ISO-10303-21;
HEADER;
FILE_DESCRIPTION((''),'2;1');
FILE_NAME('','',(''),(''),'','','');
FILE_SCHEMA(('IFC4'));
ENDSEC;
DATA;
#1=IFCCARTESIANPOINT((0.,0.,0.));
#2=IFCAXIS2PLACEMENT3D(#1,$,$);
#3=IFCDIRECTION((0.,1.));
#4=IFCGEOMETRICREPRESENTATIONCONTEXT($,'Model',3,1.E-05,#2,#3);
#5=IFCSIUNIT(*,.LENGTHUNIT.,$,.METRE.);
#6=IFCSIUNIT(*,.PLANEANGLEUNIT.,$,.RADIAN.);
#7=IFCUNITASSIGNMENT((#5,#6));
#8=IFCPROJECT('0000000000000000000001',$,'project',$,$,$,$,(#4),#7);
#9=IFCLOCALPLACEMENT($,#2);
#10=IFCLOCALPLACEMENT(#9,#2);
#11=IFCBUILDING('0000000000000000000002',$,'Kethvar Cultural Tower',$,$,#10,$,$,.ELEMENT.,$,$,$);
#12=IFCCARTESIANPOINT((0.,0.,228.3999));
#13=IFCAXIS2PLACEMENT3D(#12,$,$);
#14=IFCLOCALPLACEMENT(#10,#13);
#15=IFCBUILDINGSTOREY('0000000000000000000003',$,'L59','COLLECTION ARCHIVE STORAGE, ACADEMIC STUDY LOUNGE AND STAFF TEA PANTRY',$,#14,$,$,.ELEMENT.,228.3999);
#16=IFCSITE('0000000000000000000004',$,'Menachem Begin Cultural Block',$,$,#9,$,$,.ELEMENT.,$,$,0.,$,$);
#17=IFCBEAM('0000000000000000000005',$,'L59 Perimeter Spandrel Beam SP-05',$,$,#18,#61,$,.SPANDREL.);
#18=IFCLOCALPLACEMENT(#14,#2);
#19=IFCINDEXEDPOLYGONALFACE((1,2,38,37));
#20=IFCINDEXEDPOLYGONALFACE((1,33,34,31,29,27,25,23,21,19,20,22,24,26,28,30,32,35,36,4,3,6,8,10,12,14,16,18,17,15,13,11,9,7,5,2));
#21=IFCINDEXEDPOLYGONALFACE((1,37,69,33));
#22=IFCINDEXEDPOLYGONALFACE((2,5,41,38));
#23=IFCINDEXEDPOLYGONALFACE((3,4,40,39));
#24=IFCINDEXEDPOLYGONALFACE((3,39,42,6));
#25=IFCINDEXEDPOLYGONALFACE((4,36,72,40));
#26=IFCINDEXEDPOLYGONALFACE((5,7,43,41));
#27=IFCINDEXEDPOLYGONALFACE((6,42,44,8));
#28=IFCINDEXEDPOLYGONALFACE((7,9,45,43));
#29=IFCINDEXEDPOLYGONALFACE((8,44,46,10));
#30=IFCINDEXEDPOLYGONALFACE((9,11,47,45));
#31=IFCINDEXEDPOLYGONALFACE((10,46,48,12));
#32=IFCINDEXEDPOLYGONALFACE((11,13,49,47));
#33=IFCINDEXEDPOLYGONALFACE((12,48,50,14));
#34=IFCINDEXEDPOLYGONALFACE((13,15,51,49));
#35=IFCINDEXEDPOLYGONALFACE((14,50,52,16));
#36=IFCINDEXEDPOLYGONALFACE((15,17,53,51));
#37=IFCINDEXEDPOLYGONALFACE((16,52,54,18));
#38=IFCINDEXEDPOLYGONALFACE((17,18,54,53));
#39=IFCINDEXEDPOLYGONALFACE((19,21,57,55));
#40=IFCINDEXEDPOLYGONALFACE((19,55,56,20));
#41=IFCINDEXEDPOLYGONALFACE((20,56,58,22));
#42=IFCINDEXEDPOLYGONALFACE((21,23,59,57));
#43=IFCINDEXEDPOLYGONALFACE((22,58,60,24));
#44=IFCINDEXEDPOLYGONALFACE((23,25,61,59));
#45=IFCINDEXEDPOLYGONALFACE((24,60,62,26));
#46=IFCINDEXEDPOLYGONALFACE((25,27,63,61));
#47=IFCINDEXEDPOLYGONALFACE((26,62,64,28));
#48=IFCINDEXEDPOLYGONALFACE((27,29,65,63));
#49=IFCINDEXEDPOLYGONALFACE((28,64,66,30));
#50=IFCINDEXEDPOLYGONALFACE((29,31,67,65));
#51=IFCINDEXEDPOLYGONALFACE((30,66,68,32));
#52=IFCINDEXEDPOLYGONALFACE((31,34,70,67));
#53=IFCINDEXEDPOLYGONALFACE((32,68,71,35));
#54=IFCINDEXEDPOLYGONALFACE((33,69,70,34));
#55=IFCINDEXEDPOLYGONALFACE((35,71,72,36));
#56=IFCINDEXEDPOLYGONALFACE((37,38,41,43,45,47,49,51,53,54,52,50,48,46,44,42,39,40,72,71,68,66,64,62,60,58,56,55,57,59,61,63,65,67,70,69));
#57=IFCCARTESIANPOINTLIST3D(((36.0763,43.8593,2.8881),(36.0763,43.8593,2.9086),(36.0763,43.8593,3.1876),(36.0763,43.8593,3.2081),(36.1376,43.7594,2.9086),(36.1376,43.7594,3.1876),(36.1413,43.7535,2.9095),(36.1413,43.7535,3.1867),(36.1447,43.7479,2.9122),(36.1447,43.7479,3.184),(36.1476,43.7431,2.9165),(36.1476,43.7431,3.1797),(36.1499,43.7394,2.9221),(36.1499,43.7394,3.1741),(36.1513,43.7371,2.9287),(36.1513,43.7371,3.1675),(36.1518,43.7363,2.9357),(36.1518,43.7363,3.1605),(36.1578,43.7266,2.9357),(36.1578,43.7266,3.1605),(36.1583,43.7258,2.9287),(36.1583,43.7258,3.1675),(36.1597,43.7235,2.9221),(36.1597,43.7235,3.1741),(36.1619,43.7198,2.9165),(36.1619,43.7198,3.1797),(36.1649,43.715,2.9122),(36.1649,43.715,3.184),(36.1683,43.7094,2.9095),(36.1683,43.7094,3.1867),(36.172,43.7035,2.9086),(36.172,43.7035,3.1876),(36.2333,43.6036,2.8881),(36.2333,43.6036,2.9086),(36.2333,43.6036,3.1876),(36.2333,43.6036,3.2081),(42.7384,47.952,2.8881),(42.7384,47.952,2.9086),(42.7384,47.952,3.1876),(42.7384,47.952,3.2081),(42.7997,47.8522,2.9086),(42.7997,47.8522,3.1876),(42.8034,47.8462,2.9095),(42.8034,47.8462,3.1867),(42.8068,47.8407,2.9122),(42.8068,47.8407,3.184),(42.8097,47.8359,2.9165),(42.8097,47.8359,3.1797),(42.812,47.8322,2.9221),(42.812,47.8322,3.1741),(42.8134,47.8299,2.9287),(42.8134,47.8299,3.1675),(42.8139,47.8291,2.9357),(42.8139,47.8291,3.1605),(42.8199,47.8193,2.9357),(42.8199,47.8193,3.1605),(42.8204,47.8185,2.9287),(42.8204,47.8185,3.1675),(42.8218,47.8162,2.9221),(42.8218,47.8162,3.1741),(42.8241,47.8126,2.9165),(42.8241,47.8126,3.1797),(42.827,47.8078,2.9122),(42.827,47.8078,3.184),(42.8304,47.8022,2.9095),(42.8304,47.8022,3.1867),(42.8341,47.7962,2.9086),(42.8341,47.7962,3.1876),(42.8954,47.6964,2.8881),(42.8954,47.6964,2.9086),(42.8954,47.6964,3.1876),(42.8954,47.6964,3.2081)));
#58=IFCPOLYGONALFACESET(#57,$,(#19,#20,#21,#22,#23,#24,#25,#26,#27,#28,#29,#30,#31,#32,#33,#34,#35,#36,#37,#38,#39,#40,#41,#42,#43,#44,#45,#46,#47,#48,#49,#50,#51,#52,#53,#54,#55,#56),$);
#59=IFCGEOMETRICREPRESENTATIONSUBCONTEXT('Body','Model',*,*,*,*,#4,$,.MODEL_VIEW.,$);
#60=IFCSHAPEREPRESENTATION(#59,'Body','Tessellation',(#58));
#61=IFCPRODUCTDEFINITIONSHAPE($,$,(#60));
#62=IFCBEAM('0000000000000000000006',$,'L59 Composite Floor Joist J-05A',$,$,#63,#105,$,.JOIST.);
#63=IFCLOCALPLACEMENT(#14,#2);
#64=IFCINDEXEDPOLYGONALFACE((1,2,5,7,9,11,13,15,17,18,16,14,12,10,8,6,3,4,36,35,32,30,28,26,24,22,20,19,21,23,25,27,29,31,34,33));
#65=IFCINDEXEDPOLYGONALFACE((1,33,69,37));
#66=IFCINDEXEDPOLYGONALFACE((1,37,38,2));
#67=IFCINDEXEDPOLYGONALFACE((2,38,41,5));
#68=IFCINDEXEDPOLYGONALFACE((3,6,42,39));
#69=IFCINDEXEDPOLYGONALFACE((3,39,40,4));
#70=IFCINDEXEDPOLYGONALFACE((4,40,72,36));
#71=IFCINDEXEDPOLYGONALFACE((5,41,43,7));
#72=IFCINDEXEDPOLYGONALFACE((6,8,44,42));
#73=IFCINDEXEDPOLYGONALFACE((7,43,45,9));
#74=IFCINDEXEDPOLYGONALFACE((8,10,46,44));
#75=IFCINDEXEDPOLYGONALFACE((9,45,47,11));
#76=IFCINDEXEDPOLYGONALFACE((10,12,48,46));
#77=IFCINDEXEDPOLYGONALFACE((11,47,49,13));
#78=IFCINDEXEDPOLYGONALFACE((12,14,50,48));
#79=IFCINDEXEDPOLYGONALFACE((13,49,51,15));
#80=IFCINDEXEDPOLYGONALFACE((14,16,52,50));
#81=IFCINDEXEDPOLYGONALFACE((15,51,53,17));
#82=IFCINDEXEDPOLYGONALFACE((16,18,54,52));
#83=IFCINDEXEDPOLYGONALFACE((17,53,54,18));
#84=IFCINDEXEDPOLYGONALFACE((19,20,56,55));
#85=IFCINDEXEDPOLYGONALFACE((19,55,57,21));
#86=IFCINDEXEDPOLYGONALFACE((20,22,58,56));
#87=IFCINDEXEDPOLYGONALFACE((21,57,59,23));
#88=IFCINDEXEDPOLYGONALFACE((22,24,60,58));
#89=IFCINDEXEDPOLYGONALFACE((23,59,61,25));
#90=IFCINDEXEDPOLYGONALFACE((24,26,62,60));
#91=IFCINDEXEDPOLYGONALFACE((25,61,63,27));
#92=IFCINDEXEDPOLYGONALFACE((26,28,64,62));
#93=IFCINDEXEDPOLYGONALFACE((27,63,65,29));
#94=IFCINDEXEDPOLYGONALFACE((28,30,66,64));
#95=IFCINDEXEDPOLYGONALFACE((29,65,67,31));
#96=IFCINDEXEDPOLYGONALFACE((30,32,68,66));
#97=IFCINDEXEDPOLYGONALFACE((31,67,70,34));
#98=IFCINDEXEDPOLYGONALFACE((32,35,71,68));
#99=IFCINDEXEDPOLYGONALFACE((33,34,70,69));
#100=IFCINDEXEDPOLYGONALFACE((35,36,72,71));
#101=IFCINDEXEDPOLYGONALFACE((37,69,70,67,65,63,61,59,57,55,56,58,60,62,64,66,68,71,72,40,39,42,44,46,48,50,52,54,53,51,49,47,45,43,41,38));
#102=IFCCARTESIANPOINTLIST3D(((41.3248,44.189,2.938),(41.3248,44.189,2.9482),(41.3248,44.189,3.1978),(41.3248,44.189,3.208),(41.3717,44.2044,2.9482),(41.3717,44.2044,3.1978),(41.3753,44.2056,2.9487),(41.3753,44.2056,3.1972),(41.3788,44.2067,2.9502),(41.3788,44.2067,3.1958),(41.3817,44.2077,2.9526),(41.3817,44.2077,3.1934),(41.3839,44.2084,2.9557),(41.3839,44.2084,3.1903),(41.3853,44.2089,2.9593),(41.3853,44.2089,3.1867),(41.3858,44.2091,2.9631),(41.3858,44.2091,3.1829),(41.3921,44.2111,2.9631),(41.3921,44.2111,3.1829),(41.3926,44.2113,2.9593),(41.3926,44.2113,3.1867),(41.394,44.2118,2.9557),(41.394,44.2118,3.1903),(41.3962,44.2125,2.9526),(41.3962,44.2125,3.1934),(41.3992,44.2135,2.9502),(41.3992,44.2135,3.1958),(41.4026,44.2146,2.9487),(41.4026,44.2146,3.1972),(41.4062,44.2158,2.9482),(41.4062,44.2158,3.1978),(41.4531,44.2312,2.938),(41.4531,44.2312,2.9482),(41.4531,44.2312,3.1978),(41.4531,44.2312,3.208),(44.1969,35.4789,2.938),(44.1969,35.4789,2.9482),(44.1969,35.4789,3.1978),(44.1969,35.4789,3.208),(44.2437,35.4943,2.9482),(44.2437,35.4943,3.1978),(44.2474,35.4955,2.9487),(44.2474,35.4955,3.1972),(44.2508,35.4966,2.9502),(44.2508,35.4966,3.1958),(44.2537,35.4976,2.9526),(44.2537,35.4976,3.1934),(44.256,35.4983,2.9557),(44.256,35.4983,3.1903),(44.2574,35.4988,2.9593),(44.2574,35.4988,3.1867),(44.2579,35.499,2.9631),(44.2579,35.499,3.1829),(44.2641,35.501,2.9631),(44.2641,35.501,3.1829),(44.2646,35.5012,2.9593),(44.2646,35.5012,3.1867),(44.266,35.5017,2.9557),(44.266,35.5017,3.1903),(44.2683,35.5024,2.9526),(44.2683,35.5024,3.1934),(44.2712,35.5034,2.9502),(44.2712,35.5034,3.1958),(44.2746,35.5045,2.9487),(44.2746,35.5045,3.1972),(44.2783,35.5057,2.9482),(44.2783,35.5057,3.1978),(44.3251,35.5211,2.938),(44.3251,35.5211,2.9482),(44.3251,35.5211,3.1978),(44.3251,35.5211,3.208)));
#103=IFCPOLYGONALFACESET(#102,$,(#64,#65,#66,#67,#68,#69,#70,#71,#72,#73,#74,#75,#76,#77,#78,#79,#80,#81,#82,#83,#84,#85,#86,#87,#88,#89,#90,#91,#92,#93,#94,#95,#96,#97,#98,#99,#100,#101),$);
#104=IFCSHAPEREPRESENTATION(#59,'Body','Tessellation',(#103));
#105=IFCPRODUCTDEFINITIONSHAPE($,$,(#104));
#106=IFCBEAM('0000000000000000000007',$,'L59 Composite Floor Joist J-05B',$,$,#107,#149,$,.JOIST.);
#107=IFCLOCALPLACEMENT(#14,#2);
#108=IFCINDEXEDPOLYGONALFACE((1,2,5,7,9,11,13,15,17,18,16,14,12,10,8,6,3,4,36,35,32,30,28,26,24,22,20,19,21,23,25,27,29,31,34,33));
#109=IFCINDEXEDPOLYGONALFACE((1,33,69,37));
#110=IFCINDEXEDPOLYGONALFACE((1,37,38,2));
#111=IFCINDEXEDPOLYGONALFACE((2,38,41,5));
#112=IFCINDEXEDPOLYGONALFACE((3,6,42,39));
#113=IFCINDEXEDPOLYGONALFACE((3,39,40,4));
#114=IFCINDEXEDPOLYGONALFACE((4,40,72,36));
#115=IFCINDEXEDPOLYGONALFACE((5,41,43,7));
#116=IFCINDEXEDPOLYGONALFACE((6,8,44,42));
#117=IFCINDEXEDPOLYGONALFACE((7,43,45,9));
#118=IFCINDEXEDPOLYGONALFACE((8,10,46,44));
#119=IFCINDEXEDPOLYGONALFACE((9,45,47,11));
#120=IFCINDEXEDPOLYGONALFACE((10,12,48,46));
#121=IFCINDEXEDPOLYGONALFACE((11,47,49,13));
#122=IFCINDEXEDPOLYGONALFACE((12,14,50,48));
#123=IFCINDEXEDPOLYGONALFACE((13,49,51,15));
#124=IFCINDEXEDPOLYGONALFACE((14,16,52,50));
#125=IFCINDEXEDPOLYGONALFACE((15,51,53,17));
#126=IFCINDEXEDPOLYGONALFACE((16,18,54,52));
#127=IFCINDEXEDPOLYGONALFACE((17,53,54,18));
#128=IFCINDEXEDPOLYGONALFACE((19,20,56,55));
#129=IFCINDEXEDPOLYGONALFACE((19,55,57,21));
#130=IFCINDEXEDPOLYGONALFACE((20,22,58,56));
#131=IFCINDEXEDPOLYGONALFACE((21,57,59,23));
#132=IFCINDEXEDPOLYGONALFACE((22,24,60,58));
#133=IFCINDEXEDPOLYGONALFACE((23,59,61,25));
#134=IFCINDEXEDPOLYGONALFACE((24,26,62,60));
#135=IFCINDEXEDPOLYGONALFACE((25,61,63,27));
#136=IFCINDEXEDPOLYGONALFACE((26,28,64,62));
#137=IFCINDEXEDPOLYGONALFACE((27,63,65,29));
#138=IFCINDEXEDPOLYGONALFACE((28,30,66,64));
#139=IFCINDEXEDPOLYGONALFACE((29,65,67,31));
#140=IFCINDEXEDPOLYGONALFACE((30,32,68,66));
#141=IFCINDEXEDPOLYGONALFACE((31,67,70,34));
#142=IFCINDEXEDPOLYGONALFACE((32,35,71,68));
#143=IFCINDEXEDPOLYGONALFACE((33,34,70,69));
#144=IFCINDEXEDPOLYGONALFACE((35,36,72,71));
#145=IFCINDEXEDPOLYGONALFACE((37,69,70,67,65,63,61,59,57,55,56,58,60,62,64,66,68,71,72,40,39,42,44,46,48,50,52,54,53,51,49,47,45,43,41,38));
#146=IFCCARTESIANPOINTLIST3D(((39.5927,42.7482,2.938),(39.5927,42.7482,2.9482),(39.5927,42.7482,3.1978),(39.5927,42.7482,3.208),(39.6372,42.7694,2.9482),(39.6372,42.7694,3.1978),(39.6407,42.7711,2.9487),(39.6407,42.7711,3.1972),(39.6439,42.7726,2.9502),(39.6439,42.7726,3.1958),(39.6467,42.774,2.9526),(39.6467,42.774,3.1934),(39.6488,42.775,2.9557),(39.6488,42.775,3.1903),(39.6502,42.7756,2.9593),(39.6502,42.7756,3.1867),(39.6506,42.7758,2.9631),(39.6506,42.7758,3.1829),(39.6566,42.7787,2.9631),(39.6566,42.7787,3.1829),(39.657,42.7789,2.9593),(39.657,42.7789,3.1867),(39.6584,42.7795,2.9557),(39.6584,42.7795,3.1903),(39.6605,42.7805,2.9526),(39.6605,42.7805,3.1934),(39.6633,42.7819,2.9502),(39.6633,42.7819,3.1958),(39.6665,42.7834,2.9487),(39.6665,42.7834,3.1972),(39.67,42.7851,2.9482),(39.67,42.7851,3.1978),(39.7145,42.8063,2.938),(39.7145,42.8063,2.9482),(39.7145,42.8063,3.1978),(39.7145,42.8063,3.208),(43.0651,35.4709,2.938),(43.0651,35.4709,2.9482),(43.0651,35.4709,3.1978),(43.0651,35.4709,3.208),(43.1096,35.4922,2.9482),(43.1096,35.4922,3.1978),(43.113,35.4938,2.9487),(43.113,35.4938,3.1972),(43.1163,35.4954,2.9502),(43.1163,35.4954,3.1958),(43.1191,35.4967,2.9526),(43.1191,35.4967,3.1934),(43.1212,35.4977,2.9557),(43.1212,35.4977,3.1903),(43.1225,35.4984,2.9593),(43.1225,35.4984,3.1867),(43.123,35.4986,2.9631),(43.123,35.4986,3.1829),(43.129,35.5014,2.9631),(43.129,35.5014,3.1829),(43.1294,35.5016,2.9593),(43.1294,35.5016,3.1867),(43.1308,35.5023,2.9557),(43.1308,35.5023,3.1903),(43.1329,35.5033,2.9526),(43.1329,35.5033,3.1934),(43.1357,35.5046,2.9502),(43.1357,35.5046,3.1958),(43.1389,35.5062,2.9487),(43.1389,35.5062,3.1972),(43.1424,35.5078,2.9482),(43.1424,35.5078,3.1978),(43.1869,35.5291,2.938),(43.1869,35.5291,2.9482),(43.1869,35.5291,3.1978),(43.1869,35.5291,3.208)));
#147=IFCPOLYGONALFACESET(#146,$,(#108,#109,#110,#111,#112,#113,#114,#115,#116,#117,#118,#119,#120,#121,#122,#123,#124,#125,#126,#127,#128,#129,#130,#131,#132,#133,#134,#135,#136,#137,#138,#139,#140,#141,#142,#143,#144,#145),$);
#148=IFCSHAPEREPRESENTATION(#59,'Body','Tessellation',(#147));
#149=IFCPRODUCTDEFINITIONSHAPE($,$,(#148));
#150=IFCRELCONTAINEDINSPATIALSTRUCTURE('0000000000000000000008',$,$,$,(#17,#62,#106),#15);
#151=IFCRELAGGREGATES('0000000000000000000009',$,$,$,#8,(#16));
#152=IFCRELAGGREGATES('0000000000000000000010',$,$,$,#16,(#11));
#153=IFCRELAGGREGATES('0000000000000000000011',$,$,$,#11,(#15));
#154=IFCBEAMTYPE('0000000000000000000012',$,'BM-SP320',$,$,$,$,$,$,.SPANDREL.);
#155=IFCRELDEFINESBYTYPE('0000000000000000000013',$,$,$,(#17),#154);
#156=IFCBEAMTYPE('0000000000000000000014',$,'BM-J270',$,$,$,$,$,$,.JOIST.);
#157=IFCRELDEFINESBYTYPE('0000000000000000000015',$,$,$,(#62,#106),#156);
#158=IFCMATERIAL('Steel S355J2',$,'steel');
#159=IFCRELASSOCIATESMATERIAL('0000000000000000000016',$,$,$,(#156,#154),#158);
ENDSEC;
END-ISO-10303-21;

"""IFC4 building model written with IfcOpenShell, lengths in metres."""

from ifc_helpers import new_model, si_unit, direction, frame, origin, origin_2d, place, context, subcontext, project, spatial, i_section, extrude, source, transform, mapped, material, material_profile, profile_set, type_object, element, save


model = new_model("IFC4")

# Units and contexts
model_context = context("Model", 3, precision=1e-05, world=origin(), true_north=direction((0.0, 1.0)))
body_context = subcontext(model_context, "Body", "Model", "MODEL_VIEW")
ifc_project = project(units=[si_unit("LENGTHUNIT", "METRE"), si_unit("PLANEANGLEUNIT", "RADIAN")], contexts=[model_context])

# Site, building, storey
site_placement = place(None, origin())
site = spatial("IfcSite", under=ifc_project, at=site_placement, Name="Menachem Begin Cultural Block", CompositionType="ELEMENT", RefElevation=0.0)
building_placement = place(site_placement, origin())
building = spatial("IfcBuilding", under=site, at=building_placement, Name="Kethvar Cultural Tower", CompositionType="ELEMENT")
storey_placement = place(building_placement, frame((0.0, 0.0, 228.3999)))
storey = spatial("IfcBuildingStorey", under=building, at=storey_placement, Name="L59", Description="COLLECTION ARCHIVE STORAGE, ACADEMIC STUDY LOUNGE AND STAFF TEA PANTRY", CompositionType="ELEMENT", Elevation=228.3999)

# Beams
ifc_material_1 = material(Name="Steel S355J2", Category="steel")
ifc_material_profile_1 = material_profile(ifc_material_1, i_section(OverallWidth=0.135, OverallDepth=0.27, WebThickness=0.0066, FlangeThickness=0.0103, FilletRadius=0.0149, at=origin_2d()), Name="Steel S355J2 — IPE270")
ifc_profile_set_1 = profile_set([ifc_material_profile_1], Name="Steel S355J2 — IPE270")
beam_type_1 = type_object("IfcBeamType", Name="BM-J270", PredefinedType="JOIST", material=ifc_profile_set_1)
ifc_material_profile_2 = material_profile(ifc_material_1, i_section(OverallWidth=0.3, OverallDepth=0.3201, WebThickness=0.0115, FlangeThickness=0.0205, FilletRadius=0.0271, at=origin_2d()), Name="Steel S355J2 — HEB320")
ifc_profile_set_2 = profile_set([ifc_material_profile_2], Name="Steel S355J2 — HEB320")
beam_type_2 = type_object("IfcBeamType", Name="BM-SP320", PredefinedType="SPANDREL", material=ifc_profile_set_2)
shared_shape_1 = source(origin(), body_context, "Body", "SweptSolid", [
    extrude(i_section(OverallWidth=0.3, OverallDepth=0.3201, WebThickness=0.0115, FlangeThickness=0.0205, FilletRadius=0.0271, at=origin_2d()), origin(), (0.0, 0.0, 1.0), 7.8188),
])
beam_1_placement = place(storey_placement, frame((42.8169, 47.8242, 3.0481), z_axis=(-0.852057, -0.523449, 0.0), x_axis=(0.523449, -0.852057, 0.0)))
element("IfcBeam", 1, at=beam_1_placement, inside=storey, type_object=beam_type_2, Name="L59 Perimeter Spandrel Beam SP-05", PredefinedType="SPANDREL", context=body_context, shape_type="MappedRepresentation", body=[
    mapped(shared_shape_1, transform((0.0, 0.0, 0.0), scale=1.0)),
])
shared_shape_2 = source(origin(), body_context, "Body", "SweptSolid", [
    extrude(i_section(OverallWidth=0.135, OverallDepth=0.27, WebThickness=0.0066, FlangeThickness=0.0103, FilletRadius=0.0149, at=origin_2d()), origin(), (0.0, 0.0, 1.0), 9.1714),
])
beam_2_placement = place(storey_placement, frame((44.261, 35.5, 3.073), z_axis=(-0.313152, 0.949703, 0.0), x_axis=(-0.949703, -0.313152, 0.0)))
element("IfcBeam", 2, at=beam_2_placement, inside=storey, type_object=beam_type_1, Name="L59 Composite Floor Joist J-05A", PredefinedType="JOIST", context=body_context, shape_type="MappedRepresentation", body=[
    mapped(shared_shape_2, transform((0.0, 0.0, 0.0), scale=1.0)),
])
shared_shape_3 = source(origin(), body_context, "Body", "SweptSolid", [
    extrude(i_section(OverallWidth=0.135, OverallDepth=0.27, WebThickness=0.0066, FlangeThickness=0.0103, FilletRadius=0.0149, at=origin_2d()), origin(), (0.0, 0.0, 1.0), 8.0632),
])
beam_3_placement = place(storey_placement, frame((43.126, 35.5, 3.073), z_axis=(-0.430642, 0.902523, 0.0), x_axis=(-0.902523, -0.430642, 0.0)))
element("IfcBeam", 3, at=beam_3_placement, inside=storey, type_object=beam_type_1, Name="L59 Composite Floor Joist J-05B", PredefinedType="JOIST", context=body_context, shape_type="MappedRepresentation", body=[
    mapped(shared_shape_3, transform((0.0, 0.0, 0.0), scale=1.0)),
])

save(model, "model.ifc")
